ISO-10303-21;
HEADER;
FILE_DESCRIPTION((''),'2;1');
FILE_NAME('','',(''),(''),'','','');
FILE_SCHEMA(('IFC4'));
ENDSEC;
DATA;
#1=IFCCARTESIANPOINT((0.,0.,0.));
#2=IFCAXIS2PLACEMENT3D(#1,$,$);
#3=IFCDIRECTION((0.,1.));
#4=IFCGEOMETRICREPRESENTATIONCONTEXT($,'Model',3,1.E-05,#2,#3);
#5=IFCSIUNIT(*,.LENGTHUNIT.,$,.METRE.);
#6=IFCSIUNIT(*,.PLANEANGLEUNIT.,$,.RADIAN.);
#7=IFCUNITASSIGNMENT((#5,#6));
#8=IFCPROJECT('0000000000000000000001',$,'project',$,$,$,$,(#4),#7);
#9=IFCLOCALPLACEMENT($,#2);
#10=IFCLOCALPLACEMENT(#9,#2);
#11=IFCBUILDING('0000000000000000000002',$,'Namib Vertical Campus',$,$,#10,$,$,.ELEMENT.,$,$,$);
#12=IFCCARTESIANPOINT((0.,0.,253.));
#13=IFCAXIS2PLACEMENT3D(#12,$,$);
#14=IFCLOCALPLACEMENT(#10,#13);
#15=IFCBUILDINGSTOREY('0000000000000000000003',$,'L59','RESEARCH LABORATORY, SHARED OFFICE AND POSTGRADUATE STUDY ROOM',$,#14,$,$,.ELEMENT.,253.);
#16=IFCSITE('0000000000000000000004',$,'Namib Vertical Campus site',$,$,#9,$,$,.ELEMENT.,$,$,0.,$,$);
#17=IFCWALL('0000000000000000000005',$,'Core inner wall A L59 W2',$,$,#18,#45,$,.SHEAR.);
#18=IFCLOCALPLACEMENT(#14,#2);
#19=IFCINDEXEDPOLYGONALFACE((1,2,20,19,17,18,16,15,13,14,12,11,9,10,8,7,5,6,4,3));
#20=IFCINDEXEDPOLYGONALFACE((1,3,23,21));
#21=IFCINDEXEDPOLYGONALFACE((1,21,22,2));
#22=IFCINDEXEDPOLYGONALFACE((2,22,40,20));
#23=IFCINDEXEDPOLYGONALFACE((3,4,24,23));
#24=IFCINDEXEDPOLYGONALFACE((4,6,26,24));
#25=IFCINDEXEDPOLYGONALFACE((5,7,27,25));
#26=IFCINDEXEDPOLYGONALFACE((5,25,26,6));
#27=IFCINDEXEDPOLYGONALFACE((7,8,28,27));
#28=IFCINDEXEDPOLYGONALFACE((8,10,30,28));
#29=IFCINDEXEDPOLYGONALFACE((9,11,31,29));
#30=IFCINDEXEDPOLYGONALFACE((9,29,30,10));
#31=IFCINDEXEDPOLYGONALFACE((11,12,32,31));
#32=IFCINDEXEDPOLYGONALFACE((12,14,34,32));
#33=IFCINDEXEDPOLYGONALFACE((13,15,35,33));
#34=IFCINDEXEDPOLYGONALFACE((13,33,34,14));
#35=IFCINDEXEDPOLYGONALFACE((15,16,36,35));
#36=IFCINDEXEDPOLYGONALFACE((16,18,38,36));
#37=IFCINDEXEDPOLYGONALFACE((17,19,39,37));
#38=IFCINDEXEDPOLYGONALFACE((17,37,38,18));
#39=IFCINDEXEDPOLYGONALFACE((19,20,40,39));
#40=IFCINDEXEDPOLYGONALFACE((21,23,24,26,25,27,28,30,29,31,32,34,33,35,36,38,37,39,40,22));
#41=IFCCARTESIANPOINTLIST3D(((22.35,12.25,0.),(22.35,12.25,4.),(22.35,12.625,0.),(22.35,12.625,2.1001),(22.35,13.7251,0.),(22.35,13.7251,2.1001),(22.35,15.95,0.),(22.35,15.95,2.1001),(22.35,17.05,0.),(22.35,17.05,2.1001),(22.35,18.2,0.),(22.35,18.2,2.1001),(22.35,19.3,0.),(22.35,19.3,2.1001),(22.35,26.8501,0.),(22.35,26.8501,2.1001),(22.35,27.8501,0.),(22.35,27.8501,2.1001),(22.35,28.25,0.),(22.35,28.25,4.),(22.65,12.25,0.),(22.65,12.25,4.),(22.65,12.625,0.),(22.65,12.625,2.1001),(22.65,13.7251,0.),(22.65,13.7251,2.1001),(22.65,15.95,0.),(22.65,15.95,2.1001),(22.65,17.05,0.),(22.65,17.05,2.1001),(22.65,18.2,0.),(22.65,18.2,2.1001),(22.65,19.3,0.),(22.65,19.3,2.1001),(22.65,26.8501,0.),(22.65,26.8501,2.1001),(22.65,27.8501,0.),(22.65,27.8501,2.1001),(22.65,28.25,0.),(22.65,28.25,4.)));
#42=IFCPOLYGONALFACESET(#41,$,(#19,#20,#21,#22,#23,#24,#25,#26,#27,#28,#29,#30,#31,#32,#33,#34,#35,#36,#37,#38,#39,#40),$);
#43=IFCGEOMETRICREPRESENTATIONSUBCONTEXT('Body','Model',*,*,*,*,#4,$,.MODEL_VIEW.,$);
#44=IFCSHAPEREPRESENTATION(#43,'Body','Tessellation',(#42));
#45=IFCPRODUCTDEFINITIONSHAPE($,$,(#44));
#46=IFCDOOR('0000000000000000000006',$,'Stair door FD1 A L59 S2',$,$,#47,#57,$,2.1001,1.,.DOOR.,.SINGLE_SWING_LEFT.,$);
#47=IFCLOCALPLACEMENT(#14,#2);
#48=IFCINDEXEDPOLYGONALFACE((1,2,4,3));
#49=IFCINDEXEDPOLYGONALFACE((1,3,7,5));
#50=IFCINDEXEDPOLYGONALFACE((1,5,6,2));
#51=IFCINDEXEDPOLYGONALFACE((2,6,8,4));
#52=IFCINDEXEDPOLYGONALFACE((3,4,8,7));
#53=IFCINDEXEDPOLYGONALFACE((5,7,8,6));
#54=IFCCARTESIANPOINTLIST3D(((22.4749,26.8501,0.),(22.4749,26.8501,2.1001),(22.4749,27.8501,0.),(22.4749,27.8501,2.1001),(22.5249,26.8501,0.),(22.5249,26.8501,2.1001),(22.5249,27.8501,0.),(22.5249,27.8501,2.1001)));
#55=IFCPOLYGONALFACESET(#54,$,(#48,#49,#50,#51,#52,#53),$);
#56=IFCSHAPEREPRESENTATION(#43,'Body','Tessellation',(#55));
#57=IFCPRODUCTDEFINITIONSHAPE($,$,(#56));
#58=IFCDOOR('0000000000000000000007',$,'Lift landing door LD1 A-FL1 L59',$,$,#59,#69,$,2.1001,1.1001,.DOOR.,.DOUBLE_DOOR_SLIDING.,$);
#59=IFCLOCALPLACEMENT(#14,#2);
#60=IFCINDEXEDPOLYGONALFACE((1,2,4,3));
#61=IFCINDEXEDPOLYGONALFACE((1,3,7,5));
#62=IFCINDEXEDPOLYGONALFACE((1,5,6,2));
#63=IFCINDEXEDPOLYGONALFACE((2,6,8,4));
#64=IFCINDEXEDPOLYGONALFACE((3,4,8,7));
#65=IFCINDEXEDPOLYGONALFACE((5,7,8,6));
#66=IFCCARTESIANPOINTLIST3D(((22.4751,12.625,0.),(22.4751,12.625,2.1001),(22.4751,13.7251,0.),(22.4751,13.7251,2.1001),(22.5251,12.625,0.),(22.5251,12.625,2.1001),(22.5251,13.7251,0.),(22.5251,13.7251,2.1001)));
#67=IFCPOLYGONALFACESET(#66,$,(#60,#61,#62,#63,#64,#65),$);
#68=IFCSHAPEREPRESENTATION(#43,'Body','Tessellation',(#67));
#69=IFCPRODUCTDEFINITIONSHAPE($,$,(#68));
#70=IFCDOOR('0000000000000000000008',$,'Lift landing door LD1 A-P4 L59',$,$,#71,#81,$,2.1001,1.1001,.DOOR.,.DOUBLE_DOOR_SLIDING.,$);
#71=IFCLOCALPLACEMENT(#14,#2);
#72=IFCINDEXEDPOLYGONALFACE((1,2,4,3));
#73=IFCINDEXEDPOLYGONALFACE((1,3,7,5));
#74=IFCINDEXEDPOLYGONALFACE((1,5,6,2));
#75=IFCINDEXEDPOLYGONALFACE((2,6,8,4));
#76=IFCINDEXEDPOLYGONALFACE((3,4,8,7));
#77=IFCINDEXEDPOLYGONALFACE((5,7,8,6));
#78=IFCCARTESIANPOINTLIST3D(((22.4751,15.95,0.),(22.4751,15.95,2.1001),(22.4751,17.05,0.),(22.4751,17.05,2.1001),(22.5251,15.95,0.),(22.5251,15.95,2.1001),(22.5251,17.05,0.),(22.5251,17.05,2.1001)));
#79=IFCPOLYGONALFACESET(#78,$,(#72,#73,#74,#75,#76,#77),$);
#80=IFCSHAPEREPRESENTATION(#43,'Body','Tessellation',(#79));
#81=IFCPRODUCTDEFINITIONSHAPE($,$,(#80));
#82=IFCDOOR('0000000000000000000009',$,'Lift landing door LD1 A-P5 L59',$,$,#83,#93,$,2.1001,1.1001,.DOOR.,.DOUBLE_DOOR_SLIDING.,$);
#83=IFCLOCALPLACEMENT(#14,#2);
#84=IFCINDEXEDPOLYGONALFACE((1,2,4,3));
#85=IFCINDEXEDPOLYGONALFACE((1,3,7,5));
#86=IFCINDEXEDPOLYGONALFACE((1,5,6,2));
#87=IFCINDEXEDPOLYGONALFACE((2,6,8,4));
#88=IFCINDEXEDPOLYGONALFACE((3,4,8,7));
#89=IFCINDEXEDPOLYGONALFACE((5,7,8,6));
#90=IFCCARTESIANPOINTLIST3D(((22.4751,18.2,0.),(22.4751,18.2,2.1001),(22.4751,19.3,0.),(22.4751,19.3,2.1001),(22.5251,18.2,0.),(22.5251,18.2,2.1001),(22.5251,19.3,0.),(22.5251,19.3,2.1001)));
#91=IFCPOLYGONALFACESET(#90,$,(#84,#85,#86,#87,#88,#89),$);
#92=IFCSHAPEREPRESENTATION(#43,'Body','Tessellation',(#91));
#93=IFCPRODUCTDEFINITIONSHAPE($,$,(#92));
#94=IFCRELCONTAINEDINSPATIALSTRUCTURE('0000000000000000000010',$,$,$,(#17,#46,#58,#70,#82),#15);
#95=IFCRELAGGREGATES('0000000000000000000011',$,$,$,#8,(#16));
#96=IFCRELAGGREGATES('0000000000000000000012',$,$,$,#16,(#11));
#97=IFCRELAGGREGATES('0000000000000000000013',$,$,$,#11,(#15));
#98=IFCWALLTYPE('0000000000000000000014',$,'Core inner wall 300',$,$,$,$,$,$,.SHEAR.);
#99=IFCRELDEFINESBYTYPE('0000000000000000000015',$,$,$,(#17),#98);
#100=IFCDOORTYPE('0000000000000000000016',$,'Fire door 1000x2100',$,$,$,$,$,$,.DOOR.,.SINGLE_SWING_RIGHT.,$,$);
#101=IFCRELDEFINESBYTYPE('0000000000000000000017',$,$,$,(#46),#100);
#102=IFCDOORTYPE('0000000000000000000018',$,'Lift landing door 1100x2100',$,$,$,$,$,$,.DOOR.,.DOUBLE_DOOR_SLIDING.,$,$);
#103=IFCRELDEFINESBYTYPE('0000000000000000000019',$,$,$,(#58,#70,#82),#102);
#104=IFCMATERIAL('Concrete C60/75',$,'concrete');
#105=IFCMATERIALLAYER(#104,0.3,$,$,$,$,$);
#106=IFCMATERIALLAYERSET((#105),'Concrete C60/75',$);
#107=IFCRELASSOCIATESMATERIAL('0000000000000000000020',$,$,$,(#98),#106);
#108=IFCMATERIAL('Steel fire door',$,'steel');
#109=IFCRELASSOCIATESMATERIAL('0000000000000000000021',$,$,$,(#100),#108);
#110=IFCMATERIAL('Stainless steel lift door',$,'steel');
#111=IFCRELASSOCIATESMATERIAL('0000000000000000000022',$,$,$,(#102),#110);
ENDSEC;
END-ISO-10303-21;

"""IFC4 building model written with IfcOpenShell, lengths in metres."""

from ifc_helpers import new_model, si_unit, direction, frame, frame_2d, origin, place, context, subcontext, project, spatial, rectangle, extrude, material, layer, layer_set, type_object, element, fill, save


model = new_model("IFC4")

# Units and contexts
model_context = context("Model", 3, precision=1e-05, world=origin(), true_north=direction((0.0, 1.0)))
body_context = subcontext(model_context, "Body", "Model", "MODEL_VIEW")
ifc_project = project(units=[si_unit("LENGTHUNIT", "METRE"), si_unit("PLANEANGLEUNIT", "RADIAN")], contexts=[model_context])

# Site, building, storey
site_placement = place(None, origin())
site = spatial("IfcSite", under=ifc_project, at=site_placement, Name="Namib Vertical Campus site", CompositionType="ELEMENT", RefElevation=0.0)
building_placement = place(site_placement, origin())
building = spatial("IfcBuilding", under=site, at=building_placement, Name="Namib Vertical Campus", CompositionType="ELEMENT")
storey_placement = place(building_placement, frame((0.0, 0.0, 253.0)))
storey = spatial("IfcBuildingStorey", under=building, at=storey_placement, Name="L59", Description="RESEARCH LABORATORY, SHARED OFFICE AND POSTGRADUATE STUDY ROOM", CompositionType="ELEMENT", Elevation=253.0)

# Wall, openings, doors
ifc_material_1 = material(Name="Concrete C60/75", Category="concrete")
ifc_layer_1 = layer(ifc_material_1, 0.3)
ifc_layer_set_1 = layer_set([ifc_layer_1], Name="Concrete C60/75")
wall_type_1 = type_object("IfcWallType", Name="Core inner wall 300", PredefinedType="SHEAR", material=ifc_layer_set_1)
ifc_material_2 = material(Name="Steel fire door", Category="steel")
door_type_1 = type_object("IfcDoorType", Name="Fire door 1000x2100", OperationType="SINGLE_SWING_RIGHT", PredefinedType="DOOR", material=ifc_material_2)
ifc_material_3 = material(Name="Stainless steel lift door", Category="steel")
door_type_2 = type_object("IfcDoorType", Name="Lift landing door 1100x2100", OperationType="DOUBLE_DOOR_SLIDING", PredefinedType="DOOR", material=ifc_material_3)
wall_1_placement = place(storey_placement, frame((22.5, 12.25, 0.0), z_axis=(0.0, 0.0, 1.0), x_axis=(0.0, 1.0, 0.0)))
wall_1 = element("IfcWall", 1, at=wall_1_placement, inside=storey, type_object=wall_type_1, Name="Core inner wall A L59 W2", PredefinedType="SHEAR", context=body_context, shape_type="SweptSolid", body=[
    extrude(rectangle(XDim=16.0, YDim=0.3, at=frame_2d((8.0, 0.0))), origin(), (0.0, 0.0, 1.0), 4.0),
])
opening_1_placement = place(wall_1_placement, frame((14.6001, 0.0, 0.0)))
opening_1 = element("IfcOpeningElement", 2, at=opening_1_placement, cuts=wall_1, PredefinedType="OPENING", context=body_context, shape_type="SweptSolid", body=[
    extrude(rectangle(XDim=1.0, YDim=2.1001, at=frame_2d((0.5, 1.05))), frame((0.0, 0.1599, 0.0), z_axis=(0.0, -1.0, 0.0), x_axis=(1.0, 0.0, 0.0)), (0.0, 0.0, 1.0), 0.3201),
])
opening_2_placement = place(wall_1_placement, frame((0.375, 0.0, 0.0)))
opening_2 = element("IfcOpeningElement", 3, at=opening_2_placement, cuts=wall_1, PredefinedType="OPENING", context=body_context, shape_type="SweptSolid", body=[
    extrude(rectangle(XDim=1.1001, YDim=2.1001, at=frame_2d((0.55, 1.05))), frame((0.0, 0.1599, 0.0), z_axis=(0.0, -1.0, 0.0), x_axis=(1.0, 0.0, 0.0)), (0.0, 0.0, 1.0), 0.3201),
])
opening_3_placement = place(wall_1_placement, frame((3.7, 0.0, 0.0)))
opening_3 = element("IfcOpeningElement", 4, at=opening_3_placement, cuts=wall_1, PredefinedType="OPENING", context=body_context, shape_type="SweptSolid", body=[
    extrude(rectangle(XDim=1.1001, YDim=2.1001, at=frame_2d((0.55, 1.05))), frame((0.0, 0.1599, 0.0), z_axis=(0.0, -1.0, 0.0), x_axis=(1.0, 0.0, 0.0)), (0.0, 0.0, 1.0), 0.3201),
])
opening_4_placement = place(wall_1_placement, frame((5.95, 0.0, 0.0)))
opening_4 = element("IfcOpeningElement", 5, at=opening_4_placement, cuts=wall_1, PredefinedType="OPENING", context=body_context, shape_type="SweptSolid", body=[
    extrude(rectangle(XDim=1.1001, YDim=2.1001, at=frame_2d((0.55, 1.05))), frame((0.0, 0.1599, 0.0), z_axis=(0.0, -1.0, 0.0), x_axis=(1.0, 0.0, 0.0)), (0.0, 0.0, 1.0), 0.3201),
])
door_1_placement = place(opening_1_placement, frame((1.0, 0.0, 0.0), z_axis=(0.0, 0.0, 1.0), x_axis=(-1.0, 0.0, 0.0)))
door_1 = element("IfcDoor", 6, at=door_1_placement, inside=storey, type_object=door_type_1, Name="Stair door FD1 A L59 S2", OperationType="SINGLE_SWING_LEFT", OverallHeight=2.1001, OverallWidth=1.0, PredefinedType="DOOR", context=body_context, shape_type="SweptSolid", body=[
    extrude(rectangle(XDim=1.0, YDim=2.1001, at=frame_2d((0.5, 1.05))), frame((0.0, 0.0249, 0.0), z_axis=(0.0, -1.0, 0.0), x_axis=(1.0, 0.0, 0.0)), (0.0, 0.0, 1.0), 0.05),
])
fill(opening_1, door_1)
door_2_placement = place(opening_2_placement, origin())
door_2 = element("IfcDoor", 7, at=door_2_placement, inside=storey, type_object=door_type_2, Name="Lift landing door LD1 A-FL1 L59", OperationType="DOUBLE_DOOR_SLIDING", OverallHeight=2.1001, OverallWidth=1.1001, PredefinedType="DOOR", context=body_context, shape_type="SweptSolid", body=[
    extrude(rectangle(XDim=1.1001, YDim=2.1001, at=frame_2d((0.55, 1.05))), frame((0.0, 0.0249, 0.0), z_axis=(0.0, -1.0, 0.0), x_axis=(1.0, 0.0, 0.0)), (0.0, 0.0, 1.0), 0.05),
])
fill(opening_2, door_2)
door_3_placement = place(opening_3_placement, origin())
door_3 = element("IfcDoor", 8, at=door_3_placement, inside=storey, type_object=door_type_2, Name="Lift landing door LD1 A-P4 L59", OperationType="DOUBLE_DOOR_SLIDING", OverallHeight=2.1001, OverallWidth=1.1001, PredefinedType="DOOR", context=body_context, shape_type="SweptSolid", body=[
    extrude(rectangle(XDim=1.1001, YDim=2.1001, at=frame_2d((0.55, 1.05))), frame((0.0, 0.0249, 0.0), z_axis=(0.0, -1.0, 0.0), x_axis=(1.0, 0.0, 0.0)), (0.0, 0.0, 1.0), 0.05),
])
fill(opening_3, door_3)
door_4_placement = place(opening_4_placement, origin())
door_4 = element("IfcDoor", 9, at=door_4_placement, inside=storey, type_object=door_type_2, Name="Lift landing door LD1 A-P5 L59", OperationType="DOUBLE_DOOR_SLIDING", OverallHeight=2.1001, OverallWidth=1.1001, PredefinedType="DOOR", context=body_context, shape_type="SweptSolid", body=[
    extrude(rectangle(XDim=1.1001, YDim=2.1001, at=frame_2d((0.55, 1.05))), frame((0.0, 0.0249, 0.0), z_axis=(0.0, -1.0, 0.0), x_axis=(1.0, 0.0, 0.0)), (0.0, 0.0, 1.0), 0.05),
])
fill(opening_4, door_4)

save(model, "model.ifc")
